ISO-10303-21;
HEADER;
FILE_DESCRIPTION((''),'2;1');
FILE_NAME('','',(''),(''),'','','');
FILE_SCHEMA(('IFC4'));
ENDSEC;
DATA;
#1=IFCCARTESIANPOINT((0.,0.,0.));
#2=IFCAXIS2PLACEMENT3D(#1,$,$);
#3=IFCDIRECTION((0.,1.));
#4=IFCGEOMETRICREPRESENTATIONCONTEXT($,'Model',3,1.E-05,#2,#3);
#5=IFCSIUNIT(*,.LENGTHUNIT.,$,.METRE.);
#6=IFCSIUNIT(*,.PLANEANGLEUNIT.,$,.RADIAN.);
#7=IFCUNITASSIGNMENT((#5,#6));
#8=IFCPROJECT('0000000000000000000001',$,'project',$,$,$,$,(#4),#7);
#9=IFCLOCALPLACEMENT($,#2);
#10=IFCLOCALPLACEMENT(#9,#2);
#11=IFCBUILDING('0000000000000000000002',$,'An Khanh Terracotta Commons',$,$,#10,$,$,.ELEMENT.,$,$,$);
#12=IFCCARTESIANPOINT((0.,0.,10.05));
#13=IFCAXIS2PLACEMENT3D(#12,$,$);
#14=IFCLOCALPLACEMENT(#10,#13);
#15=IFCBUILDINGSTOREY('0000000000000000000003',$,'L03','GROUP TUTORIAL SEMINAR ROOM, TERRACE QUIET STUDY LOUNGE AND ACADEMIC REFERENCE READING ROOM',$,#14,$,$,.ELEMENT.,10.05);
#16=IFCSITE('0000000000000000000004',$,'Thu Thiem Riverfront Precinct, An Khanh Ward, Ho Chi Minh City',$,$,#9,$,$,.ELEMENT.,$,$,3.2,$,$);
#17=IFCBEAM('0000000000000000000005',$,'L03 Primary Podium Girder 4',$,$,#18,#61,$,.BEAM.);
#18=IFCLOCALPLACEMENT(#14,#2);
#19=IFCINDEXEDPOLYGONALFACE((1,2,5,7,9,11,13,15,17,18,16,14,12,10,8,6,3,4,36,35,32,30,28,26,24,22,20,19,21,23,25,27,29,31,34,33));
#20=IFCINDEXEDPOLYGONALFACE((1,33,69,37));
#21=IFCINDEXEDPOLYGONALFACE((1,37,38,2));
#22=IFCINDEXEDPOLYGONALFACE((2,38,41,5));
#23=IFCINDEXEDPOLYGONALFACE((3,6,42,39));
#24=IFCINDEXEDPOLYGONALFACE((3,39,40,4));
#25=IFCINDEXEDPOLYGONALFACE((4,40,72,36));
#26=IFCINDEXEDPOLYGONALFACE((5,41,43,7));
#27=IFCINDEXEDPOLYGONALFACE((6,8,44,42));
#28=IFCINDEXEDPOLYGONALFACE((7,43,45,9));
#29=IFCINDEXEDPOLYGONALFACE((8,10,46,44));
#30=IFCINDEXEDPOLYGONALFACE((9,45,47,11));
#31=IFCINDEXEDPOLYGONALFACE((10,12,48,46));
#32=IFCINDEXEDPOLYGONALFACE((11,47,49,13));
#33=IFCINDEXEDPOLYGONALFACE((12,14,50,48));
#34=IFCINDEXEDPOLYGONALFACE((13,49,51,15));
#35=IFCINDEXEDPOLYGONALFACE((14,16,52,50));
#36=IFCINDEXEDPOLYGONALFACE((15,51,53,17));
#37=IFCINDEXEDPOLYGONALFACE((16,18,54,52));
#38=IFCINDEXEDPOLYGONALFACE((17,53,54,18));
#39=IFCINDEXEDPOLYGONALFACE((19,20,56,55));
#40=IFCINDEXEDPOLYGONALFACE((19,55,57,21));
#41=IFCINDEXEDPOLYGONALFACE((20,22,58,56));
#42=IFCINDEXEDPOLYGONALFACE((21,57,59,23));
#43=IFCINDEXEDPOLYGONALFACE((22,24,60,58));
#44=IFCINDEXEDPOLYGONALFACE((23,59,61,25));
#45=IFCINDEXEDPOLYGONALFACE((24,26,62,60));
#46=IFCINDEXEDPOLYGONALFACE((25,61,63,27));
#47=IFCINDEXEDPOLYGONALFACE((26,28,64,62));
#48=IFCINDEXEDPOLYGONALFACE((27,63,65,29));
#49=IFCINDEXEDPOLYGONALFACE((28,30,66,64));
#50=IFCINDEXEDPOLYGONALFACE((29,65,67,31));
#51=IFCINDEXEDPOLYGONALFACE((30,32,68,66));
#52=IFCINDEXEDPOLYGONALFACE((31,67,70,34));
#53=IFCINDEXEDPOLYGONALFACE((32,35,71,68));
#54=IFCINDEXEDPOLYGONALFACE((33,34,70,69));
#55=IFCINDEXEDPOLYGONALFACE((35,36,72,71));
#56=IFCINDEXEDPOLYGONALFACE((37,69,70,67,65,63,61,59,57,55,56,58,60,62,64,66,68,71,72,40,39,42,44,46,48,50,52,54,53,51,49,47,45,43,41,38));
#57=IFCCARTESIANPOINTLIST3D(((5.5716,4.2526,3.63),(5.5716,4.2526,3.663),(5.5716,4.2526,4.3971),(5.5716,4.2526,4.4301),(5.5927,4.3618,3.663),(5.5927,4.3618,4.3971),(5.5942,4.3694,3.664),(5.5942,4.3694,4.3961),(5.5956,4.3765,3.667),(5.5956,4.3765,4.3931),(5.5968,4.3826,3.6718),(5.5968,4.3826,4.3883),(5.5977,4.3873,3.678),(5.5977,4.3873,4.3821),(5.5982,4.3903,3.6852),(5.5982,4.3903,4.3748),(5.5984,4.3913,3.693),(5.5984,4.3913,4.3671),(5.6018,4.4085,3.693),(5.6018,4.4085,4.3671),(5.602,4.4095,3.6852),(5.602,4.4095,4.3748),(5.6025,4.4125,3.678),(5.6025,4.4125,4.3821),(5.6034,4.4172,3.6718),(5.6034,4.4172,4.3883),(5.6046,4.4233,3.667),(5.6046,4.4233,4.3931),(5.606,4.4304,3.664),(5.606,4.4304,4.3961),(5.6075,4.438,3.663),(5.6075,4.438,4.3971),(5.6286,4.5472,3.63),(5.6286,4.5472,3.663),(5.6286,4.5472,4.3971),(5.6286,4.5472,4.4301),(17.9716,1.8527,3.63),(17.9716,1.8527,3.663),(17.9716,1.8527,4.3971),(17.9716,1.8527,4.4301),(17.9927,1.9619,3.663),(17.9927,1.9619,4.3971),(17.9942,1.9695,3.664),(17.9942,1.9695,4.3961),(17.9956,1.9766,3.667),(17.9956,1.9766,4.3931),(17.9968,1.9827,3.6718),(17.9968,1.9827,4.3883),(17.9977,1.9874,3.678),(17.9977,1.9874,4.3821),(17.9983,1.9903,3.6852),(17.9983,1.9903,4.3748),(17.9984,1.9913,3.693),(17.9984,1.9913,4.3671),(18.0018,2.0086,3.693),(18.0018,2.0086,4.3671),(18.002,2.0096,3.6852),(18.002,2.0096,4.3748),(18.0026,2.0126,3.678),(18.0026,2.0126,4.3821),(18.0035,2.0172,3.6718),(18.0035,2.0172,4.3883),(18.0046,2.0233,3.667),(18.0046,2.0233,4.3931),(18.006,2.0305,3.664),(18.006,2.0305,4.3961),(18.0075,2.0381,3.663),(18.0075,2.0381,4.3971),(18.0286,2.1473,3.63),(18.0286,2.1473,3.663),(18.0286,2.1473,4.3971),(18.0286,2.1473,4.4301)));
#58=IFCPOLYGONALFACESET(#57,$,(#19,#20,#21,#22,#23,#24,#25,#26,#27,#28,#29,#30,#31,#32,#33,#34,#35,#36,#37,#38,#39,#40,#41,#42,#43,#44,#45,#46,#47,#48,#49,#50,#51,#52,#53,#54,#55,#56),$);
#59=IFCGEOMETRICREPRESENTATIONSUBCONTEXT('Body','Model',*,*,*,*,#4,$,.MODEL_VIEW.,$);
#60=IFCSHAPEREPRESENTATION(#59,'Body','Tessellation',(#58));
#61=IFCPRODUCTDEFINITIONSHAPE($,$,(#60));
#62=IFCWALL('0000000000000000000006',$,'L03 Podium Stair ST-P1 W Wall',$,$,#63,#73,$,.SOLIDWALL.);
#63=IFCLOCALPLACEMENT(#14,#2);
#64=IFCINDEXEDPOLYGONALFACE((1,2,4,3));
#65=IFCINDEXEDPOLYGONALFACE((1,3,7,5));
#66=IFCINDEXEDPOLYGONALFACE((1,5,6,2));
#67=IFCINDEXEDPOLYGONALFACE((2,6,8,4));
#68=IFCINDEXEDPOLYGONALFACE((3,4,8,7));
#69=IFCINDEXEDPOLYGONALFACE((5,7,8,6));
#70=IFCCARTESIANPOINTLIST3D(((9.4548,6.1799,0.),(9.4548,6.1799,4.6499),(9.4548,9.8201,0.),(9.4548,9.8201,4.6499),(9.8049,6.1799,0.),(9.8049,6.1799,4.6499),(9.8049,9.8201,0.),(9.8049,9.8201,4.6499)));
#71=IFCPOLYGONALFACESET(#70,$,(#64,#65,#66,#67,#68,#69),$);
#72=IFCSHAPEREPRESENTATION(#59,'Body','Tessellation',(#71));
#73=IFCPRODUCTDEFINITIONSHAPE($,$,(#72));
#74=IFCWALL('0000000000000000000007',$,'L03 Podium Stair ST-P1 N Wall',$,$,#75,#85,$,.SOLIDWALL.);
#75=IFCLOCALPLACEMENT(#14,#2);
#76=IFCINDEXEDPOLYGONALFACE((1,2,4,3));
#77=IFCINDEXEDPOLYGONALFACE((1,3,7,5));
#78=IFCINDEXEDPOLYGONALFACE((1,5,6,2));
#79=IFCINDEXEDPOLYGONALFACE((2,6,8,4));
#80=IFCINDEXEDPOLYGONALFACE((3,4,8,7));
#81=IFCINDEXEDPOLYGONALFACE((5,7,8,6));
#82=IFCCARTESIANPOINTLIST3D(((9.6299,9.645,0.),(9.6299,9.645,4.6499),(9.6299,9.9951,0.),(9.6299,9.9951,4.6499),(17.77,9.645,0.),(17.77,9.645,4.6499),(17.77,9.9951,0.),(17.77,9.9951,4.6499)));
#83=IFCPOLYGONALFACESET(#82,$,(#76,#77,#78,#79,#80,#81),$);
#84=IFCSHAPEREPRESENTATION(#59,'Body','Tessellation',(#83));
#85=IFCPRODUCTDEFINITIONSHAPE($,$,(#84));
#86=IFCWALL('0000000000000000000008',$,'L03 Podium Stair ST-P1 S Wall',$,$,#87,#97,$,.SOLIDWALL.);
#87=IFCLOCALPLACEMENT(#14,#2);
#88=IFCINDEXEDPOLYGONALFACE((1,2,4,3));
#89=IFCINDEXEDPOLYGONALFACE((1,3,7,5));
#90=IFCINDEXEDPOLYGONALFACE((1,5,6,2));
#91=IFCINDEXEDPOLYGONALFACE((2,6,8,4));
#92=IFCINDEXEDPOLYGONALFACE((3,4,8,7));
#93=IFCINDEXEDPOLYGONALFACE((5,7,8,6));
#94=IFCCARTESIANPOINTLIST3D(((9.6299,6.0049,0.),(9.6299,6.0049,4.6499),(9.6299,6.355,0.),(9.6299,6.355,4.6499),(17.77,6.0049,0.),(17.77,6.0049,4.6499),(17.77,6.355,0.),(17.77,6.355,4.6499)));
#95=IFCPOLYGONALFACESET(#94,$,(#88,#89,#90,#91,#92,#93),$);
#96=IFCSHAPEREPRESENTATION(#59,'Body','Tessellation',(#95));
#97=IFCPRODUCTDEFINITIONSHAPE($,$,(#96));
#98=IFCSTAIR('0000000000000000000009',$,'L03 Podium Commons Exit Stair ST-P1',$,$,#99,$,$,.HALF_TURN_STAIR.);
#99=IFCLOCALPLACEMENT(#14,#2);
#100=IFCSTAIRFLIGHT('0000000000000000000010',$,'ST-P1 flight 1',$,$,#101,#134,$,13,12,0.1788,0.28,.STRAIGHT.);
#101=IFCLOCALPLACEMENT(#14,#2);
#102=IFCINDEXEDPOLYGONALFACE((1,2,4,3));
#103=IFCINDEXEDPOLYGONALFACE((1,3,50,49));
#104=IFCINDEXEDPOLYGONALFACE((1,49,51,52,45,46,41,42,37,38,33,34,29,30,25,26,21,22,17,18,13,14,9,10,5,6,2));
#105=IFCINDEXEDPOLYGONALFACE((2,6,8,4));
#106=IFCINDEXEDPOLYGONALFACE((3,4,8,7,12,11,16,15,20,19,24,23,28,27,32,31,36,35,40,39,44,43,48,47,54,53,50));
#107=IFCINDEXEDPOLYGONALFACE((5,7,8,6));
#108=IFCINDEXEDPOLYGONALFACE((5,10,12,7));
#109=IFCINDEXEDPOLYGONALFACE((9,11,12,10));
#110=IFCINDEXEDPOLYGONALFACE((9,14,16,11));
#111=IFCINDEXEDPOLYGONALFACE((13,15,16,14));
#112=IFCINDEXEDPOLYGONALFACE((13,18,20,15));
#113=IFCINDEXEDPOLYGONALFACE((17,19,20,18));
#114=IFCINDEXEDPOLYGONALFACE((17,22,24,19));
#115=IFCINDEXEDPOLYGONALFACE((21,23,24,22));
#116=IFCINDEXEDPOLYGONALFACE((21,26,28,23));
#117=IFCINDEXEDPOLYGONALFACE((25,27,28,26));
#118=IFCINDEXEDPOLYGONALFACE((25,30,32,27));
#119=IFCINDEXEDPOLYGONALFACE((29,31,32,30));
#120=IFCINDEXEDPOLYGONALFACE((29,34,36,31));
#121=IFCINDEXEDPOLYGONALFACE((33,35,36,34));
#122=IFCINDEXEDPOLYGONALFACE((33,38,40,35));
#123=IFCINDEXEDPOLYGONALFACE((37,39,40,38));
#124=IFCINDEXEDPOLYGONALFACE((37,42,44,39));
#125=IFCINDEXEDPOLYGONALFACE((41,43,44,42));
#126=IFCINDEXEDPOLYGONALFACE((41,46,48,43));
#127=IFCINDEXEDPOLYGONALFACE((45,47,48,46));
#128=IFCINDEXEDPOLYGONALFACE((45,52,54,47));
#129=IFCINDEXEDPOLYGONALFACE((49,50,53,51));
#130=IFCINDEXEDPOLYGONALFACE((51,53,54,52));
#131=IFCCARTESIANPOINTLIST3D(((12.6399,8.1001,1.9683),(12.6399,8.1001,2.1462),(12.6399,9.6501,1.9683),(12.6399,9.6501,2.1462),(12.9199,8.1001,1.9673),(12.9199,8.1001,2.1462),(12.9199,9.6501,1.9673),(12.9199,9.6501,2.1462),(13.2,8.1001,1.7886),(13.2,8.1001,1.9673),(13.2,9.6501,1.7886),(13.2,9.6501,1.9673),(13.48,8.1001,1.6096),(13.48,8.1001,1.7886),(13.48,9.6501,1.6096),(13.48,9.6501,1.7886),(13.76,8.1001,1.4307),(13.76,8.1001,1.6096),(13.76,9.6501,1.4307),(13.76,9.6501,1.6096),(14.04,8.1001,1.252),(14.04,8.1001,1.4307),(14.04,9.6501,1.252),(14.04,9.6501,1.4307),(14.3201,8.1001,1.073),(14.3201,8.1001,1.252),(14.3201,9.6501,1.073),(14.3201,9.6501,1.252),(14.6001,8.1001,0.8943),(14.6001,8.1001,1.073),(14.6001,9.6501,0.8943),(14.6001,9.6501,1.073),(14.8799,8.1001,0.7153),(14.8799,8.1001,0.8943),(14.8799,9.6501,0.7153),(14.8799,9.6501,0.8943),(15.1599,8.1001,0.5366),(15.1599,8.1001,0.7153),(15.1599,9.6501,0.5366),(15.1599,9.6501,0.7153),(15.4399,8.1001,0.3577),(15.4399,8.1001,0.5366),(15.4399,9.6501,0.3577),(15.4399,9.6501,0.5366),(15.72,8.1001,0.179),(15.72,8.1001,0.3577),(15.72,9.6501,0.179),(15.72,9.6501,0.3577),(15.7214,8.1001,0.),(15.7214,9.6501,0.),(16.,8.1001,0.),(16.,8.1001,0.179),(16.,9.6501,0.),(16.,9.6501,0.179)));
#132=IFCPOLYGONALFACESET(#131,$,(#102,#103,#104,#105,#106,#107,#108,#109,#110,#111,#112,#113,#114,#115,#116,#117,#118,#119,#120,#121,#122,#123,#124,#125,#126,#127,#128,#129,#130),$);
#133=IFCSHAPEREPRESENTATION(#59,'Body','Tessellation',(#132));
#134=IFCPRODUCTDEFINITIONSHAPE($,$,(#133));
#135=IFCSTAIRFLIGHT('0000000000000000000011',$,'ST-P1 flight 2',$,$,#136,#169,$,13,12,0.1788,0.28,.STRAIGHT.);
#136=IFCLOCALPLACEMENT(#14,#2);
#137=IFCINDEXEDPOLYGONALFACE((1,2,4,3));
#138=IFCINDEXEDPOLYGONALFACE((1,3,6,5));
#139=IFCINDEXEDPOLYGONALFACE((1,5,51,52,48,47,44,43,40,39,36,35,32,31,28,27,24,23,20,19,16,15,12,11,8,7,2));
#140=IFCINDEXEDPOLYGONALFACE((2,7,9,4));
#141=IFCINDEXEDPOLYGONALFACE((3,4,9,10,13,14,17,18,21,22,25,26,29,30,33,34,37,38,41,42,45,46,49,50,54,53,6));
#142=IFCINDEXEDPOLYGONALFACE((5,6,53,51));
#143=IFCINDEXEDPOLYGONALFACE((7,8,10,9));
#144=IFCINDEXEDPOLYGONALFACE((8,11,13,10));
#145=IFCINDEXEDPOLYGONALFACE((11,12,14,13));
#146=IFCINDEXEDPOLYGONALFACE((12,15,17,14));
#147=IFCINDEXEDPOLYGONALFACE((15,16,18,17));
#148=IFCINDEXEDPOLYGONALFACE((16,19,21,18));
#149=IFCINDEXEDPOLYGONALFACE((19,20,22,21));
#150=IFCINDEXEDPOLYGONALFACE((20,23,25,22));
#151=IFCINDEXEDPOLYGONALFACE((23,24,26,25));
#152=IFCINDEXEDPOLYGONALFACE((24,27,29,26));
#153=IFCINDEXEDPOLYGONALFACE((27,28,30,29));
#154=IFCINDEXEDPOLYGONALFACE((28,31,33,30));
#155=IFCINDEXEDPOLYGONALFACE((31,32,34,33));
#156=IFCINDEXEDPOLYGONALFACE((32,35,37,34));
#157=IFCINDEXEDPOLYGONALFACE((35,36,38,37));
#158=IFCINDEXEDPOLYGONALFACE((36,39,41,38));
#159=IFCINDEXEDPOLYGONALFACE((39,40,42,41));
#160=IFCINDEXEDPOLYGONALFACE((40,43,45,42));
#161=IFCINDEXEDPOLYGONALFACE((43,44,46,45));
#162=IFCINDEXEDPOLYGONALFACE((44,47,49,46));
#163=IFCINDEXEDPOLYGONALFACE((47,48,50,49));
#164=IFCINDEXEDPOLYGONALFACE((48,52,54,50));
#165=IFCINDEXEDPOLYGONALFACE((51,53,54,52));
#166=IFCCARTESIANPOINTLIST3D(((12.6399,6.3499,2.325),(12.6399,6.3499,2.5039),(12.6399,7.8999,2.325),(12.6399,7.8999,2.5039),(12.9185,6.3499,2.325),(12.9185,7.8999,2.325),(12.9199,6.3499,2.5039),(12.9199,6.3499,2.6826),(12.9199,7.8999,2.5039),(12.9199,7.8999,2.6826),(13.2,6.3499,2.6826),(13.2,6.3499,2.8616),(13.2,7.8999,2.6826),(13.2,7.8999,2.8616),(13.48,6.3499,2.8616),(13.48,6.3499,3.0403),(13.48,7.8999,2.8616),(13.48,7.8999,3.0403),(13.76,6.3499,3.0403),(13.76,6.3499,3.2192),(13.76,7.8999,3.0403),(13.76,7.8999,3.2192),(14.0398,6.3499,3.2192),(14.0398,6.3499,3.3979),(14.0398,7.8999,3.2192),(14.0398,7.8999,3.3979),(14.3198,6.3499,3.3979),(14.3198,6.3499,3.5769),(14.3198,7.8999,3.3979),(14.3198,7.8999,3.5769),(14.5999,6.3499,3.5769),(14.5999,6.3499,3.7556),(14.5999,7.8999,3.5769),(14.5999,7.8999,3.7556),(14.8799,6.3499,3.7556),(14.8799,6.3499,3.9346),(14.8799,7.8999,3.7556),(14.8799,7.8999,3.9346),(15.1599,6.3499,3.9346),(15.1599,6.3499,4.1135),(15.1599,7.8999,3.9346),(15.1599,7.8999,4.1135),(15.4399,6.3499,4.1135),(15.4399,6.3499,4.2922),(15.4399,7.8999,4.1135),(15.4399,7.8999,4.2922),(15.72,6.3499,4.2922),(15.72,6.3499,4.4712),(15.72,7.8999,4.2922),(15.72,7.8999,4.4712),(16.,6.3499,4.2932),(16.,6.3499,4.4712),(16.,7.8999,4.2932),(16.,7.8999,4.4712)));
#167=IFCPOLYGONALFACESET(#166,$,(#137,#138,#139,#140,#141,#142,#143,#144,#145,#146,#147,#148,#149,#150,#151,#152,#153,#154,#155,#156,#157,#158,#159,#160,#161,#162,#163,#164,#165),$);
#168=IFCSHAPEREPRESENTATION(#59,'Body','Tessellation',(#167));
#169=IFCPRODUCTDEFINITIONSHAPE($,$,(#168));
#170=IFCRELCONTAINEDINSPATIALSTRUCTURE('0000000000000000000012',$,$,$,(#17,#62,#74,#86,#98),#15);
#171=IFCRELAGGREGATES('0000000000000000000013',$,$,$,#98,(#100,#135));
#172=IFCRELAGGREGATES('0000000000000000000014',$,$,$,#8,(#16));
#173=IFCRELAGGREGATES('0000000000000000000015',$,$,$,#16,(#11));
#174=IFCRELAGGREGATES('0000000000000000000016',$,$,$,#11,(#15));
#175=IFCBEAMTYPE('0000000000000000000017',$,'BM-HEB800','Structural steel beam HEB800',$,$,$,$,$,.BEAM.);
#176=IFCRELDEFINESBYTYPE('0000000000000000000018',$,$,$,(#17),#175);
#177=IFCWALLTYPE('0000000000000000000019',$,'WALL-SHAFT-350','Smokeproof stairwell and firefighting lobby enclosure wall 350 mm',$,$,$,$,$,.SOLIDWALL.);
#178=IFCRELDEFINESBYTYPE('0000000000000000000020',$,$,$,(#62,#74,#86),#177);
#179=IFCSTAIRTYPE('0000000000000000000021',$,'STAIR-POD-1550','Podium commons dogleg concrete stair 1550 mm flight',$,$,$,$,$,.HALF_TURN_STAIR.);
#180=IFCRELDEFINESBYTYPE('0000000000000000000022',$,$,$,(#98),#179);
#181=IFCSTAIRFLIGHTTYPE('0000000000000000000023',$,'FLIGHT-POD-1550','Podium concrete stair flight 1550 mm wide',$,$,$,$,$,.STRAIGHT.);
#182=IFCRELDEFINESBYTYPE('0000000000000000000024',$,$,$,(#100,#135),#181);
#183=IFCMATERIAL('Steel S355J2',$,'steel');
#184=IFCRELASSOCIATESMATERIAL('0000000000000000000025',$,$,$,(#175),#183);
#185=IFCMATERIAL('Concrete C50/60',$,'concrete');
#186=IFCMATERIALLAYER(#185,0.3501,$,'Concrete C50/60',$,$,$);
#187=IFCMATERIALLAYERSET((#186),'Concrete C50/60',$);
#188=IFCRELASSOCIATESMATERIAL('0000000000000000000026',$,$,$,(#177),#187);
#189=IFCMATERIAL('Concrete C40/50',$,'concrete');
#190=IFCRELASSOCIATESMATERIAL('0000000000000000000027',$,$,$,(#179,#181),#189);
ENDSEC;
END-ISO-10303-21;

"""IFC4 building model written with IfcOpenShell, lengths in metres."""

from ifc_helpers import new_model, si_unit, direction, frame, frame_2d, origin, origin_2d, place, context, subcontext, project, spatial, polyline, rectangle, i_section, outline, extrude, material, layer, layer_set, material_profile, profile_set, type_object, element, aggregate, save


model = new_model("IFC4")

# Units and contexts
model_context = context("Model", 3, precision=1e-05, world=origin(), true_north=direction((0.0, 1.0)))
body_context = subcontext(model_context, "Body", "Model", "MODEL_VIEW")
ifc_project = project(units=[si_unit("LENGTHUNIT", "METRE"), si_unit("PLANEANGLEUNIT", "RADIAN")], contexts=[model_context])

# Site, building, storey
site_placement = place(None, origin())
site = spatial("IfcSite", under=ifc_project, at=site_placement, Name="Thu Thiem Riverfront Precinct, An Khanh Ward, Ho Chi Minh City", CompositionType="ELEMENT", RefElevation=3.2)
building_placement = place(site_placement, origin())
building = spatial("IfcBuilding", under=site, at=building_placement, Name="An Khanh Terracotta Commons", CompositionType="ELEMENT")
storey_placement = place(building_placement, frame((0.0, 0.0, 10.05)))
storey = spatial("IfcBuildingStorey", under=building, at=storey_placement, Name="L03", Description="GROUP TUTORIAL SEMINAR ROOM, TERRACE QUIET STUDY LOUNGE AND ACADEMIC REFERENCE READING ROOM", CompositionType="ELEMENT", Elevation=10.05)

# Shared definitions
ifc_material_1 = material(Name="Concrete C50/60", Category="concrete")

# Beam
ifc_material_2 = material(Name="Steel S355J2", Category="steel")
ifc_material_profile_1 = material_profile(ifc_material_2, i_section(OverallWidth=0.3, OverallDepth=0.8, WebThickness=0.0176, FlangeThickness=0.033, FilletRadius=0.03, at=origin_2d()), Name="HEB800")
ifc_profile_set_1 = profile_set([ifc_material_profile_1], Name="Steel S355J2")
beam_type_1 = type_object("IfcBeamType", Name="BM-HEB800", Description="Structural steel beam HEB800", PredefinedType="BEAM", material=ifc_profile_set_1)
beam_1_placement = place(storey_placement, frame((5.6001, 4.3999, 4.03), z_axis=(0.981781, -0.190016, 0.0), x_axis=(0.190016, 0.981781, 0.0)))
element("IfcBeam", 1, at=beam_1_placement, inside=storey, type_object=beam_type_1, Name="L03 Primary Podium Girder 4", PredefinedType="BEAM", context=body_context, shape_type="SweptSolid", body=[
    extrude(i_section(OverallWidth=0.3, OverallDepth=0.8, WebThickness=0.0176, FlangeThickness=0.033, FilletRadius=0.03, at=origin_2d()), origin(), (0.0, 0.0, 1.0), 12.6301),
])

# Walls
ifc_layer = layer(ifc_material_1, 0.3501, Name="Concrete C50/60")
ifc_layer_set = layer_set([ifc_layer], Name="Concrete C50/60")
wall_type = type_object("IfcWallType", Name="WALL-SHAFT-350", Description="Smokeproof stairwell and firefighting lobby enclosure wall 350 mm", PredefinedType="SOLIDWALL", material=ifc_layer_set)
wall_placement = place(storey_placement, frame((9.6299, 6.1799, 0.0), z_axis=(0.0, 0.0, 1.0), x_axis=(0.0, 1.0, 0.0)))
element("IfcWall", 2, at=wall_placement, inside=storey, type_object=wall_type, Name="L03 Podium Stair ST-P1 W Wall", PredefinedType="SOLIDWALL", context=body_context, shape_type="SweptSolid", body=[
    extrude(rectangle(XDim=3.6401, YDim=0.3501, at=frame_2d((1.8201, 0.0))), origin(), (0.0, 0.0, 1.0), 4.6499),
])
for number, where, z_axis, x_axis, name in (
    (3, (9.6299, 9.8201, 0.0), (0.0, 0.0, 1.0), (1.0, 0.0, 0.0), "L03 Podium Stair ST-P1 N Wall"),
    (4, (17.77, 6.1799, 0.0), (0.0, 0.0, 1.0), (-1.0, 0.0, 0.0), "L03 Podium Stair ST-P1 S Wall"),
):
    element("IfcWall", number, at=place(storey_placement, frame(where, z_axis=z_axis, x_axis=x_axis)), inside=storey, type_object=wall_type, Name=name, PredefinedType="SOLIDWALL", context=body_context, shape_type="SweptSolid", body=[
        extrude(rectangle(XDim=8.1401, YDim=0.3501, at=frame_2d((4.0701, 0.0))), origin(), (0.0, 0.0, 1.0), 4.6499),
    ])

# Stair, stair flights
ifc_material_3 = material(Name="Concrete C40/50", Category="concrete")
stair_type = type_object("IfcStairType", Name="STAIR-POD-1550", Description="Podium commons dogleg concrete stair 1550 mm flight", PredefinedType="HALF_TURN_STAIR", material=ifc_material_3)
stair_placement = place(storey_placement, origin())
stair = element("IfcStair", 5, at=stair_placement, inside=storey, type_object=stair_type, Name="L03 Podium Commons Exit Stair ST-P1", PredefinedType="HALF_TURN_STAIR")
stair_flight_type = type_object("IfcStairFlightType", Name="FLIGHT-POD-1550", Description="Podium concrete stair flight 1550 mm wide", PredefinedType="STRAIGHT", material=ifc_material_3)
stair_flight_1_placement = place(storey_placement, frame((16.0, 8.875, 0.0), z_axis=(0.0, 0.0, 1.0), x_axis=(-1.0, 0.0, 0.0)))
stair_flight_1 = element("IfcStairFlight", 6, at=stair_flight_1_placement, type_object=stair_flight_type, Name="ST-P1 flight 1", NumberOfRisers=13, NumberOfTreads=12, PredefinedType="STRAIGHT", RiserHeight=0.1788, TreadLength=0.28, context=body_context, shape_type="SweptSolid", body=[
    extrude(outline(polyline([(0.0, 0.0), (0.0, 0.179), (0.28, 0.179), (0.28, 0.3577), (0.5601, 0.3577), (0.5601, 0.5366), (0.8401, 0.5366), (0.8401, 0.7153), (1.1201, 0.7153), (1.1201, 0.8943), (1.3999, 0.8943), (1.3999, 1.073), (1.6799, 1.073), (1.6799, 1.252), (1.96, 1.252), (1.96, 1.4307), (2.24, 1.4307), (2.24, 1.6096), (2.52, 1.6096), (2.52, 1.7886), (2.8, 1.7886), (2.8, 1.9673), (3.0801, 1.9673), (3.0801, 2.1462), (3.3601, 2.1462), (3.3601, 2.325), (3.3601, 1.9683), (0.2786, 0.0), (0.0, 0.0)])), frame((0.0, 0.7749, 0.0), z_axis=(0.0, -1.0, 0.0), x_axis=(1.0, 0.0, 0.0)), (0.0, 0.0, 1.0), 1.55),
])
stair_flight_2_placement = place(storey_placement, frame((12.6399, 7.125, 2.325), z_axis=(0.0, 0.0, 1.0), x_axis=(1.0, 0.0, 0.0)))
stair_flight_2 = element("IfcStairFlight", 7, at=stair_flight_2_placement, type_object=stair_flight_type, Name="ST-P1 flight 2", NumberOfRisers=13, NumberOfTreads=12, PredefinedType="STRAIGHT", RiserHeight=0.1788, TreadLength=0.28, context=body_context, shape_type="SweptSolid", body=[
    extrude(outline(polyline([(0.0, 0.0), (0.0, 0.179), (0.28, 0.179), (0.28, 0.3577), (0.5601, 0.3577), (0.5601, 0.5366), (0.8401, 0.5366), (0.8401, 0.7153), (1.1201, 0.7153), (1.1201, 0.8943), (1.3999, 0.8943), (1.3999, 1.073), (1.6799, 1.073), (1.6799, 1.252), (1.96, 1.252), (1.96, 1.4307), (2.24, 1.4307), (2.24, 1.6096), (2.52, 1.6096), (2.52, 1.7886), (2.8, 1.7886), (2.8, 1.9673), (3.0801, 1.9673), (3.0801, 2.1462), (3.3601, 2.1462), (3.3601, 2.325), (3.3601, 1.9683), (0.2786, 0.0), (0.0, 0.0)])), frame((0.0, 0.7749, 0.0), z_axis=(0.0, -1.0, 0.0), x_axis=(1.0, 0.0, 0.0)), (0.0, 0.0, 1.0), 1.55),
])
aggregate(stair, [stair_flight_1, stair_flight_2])

save(model, "model.ifc")
